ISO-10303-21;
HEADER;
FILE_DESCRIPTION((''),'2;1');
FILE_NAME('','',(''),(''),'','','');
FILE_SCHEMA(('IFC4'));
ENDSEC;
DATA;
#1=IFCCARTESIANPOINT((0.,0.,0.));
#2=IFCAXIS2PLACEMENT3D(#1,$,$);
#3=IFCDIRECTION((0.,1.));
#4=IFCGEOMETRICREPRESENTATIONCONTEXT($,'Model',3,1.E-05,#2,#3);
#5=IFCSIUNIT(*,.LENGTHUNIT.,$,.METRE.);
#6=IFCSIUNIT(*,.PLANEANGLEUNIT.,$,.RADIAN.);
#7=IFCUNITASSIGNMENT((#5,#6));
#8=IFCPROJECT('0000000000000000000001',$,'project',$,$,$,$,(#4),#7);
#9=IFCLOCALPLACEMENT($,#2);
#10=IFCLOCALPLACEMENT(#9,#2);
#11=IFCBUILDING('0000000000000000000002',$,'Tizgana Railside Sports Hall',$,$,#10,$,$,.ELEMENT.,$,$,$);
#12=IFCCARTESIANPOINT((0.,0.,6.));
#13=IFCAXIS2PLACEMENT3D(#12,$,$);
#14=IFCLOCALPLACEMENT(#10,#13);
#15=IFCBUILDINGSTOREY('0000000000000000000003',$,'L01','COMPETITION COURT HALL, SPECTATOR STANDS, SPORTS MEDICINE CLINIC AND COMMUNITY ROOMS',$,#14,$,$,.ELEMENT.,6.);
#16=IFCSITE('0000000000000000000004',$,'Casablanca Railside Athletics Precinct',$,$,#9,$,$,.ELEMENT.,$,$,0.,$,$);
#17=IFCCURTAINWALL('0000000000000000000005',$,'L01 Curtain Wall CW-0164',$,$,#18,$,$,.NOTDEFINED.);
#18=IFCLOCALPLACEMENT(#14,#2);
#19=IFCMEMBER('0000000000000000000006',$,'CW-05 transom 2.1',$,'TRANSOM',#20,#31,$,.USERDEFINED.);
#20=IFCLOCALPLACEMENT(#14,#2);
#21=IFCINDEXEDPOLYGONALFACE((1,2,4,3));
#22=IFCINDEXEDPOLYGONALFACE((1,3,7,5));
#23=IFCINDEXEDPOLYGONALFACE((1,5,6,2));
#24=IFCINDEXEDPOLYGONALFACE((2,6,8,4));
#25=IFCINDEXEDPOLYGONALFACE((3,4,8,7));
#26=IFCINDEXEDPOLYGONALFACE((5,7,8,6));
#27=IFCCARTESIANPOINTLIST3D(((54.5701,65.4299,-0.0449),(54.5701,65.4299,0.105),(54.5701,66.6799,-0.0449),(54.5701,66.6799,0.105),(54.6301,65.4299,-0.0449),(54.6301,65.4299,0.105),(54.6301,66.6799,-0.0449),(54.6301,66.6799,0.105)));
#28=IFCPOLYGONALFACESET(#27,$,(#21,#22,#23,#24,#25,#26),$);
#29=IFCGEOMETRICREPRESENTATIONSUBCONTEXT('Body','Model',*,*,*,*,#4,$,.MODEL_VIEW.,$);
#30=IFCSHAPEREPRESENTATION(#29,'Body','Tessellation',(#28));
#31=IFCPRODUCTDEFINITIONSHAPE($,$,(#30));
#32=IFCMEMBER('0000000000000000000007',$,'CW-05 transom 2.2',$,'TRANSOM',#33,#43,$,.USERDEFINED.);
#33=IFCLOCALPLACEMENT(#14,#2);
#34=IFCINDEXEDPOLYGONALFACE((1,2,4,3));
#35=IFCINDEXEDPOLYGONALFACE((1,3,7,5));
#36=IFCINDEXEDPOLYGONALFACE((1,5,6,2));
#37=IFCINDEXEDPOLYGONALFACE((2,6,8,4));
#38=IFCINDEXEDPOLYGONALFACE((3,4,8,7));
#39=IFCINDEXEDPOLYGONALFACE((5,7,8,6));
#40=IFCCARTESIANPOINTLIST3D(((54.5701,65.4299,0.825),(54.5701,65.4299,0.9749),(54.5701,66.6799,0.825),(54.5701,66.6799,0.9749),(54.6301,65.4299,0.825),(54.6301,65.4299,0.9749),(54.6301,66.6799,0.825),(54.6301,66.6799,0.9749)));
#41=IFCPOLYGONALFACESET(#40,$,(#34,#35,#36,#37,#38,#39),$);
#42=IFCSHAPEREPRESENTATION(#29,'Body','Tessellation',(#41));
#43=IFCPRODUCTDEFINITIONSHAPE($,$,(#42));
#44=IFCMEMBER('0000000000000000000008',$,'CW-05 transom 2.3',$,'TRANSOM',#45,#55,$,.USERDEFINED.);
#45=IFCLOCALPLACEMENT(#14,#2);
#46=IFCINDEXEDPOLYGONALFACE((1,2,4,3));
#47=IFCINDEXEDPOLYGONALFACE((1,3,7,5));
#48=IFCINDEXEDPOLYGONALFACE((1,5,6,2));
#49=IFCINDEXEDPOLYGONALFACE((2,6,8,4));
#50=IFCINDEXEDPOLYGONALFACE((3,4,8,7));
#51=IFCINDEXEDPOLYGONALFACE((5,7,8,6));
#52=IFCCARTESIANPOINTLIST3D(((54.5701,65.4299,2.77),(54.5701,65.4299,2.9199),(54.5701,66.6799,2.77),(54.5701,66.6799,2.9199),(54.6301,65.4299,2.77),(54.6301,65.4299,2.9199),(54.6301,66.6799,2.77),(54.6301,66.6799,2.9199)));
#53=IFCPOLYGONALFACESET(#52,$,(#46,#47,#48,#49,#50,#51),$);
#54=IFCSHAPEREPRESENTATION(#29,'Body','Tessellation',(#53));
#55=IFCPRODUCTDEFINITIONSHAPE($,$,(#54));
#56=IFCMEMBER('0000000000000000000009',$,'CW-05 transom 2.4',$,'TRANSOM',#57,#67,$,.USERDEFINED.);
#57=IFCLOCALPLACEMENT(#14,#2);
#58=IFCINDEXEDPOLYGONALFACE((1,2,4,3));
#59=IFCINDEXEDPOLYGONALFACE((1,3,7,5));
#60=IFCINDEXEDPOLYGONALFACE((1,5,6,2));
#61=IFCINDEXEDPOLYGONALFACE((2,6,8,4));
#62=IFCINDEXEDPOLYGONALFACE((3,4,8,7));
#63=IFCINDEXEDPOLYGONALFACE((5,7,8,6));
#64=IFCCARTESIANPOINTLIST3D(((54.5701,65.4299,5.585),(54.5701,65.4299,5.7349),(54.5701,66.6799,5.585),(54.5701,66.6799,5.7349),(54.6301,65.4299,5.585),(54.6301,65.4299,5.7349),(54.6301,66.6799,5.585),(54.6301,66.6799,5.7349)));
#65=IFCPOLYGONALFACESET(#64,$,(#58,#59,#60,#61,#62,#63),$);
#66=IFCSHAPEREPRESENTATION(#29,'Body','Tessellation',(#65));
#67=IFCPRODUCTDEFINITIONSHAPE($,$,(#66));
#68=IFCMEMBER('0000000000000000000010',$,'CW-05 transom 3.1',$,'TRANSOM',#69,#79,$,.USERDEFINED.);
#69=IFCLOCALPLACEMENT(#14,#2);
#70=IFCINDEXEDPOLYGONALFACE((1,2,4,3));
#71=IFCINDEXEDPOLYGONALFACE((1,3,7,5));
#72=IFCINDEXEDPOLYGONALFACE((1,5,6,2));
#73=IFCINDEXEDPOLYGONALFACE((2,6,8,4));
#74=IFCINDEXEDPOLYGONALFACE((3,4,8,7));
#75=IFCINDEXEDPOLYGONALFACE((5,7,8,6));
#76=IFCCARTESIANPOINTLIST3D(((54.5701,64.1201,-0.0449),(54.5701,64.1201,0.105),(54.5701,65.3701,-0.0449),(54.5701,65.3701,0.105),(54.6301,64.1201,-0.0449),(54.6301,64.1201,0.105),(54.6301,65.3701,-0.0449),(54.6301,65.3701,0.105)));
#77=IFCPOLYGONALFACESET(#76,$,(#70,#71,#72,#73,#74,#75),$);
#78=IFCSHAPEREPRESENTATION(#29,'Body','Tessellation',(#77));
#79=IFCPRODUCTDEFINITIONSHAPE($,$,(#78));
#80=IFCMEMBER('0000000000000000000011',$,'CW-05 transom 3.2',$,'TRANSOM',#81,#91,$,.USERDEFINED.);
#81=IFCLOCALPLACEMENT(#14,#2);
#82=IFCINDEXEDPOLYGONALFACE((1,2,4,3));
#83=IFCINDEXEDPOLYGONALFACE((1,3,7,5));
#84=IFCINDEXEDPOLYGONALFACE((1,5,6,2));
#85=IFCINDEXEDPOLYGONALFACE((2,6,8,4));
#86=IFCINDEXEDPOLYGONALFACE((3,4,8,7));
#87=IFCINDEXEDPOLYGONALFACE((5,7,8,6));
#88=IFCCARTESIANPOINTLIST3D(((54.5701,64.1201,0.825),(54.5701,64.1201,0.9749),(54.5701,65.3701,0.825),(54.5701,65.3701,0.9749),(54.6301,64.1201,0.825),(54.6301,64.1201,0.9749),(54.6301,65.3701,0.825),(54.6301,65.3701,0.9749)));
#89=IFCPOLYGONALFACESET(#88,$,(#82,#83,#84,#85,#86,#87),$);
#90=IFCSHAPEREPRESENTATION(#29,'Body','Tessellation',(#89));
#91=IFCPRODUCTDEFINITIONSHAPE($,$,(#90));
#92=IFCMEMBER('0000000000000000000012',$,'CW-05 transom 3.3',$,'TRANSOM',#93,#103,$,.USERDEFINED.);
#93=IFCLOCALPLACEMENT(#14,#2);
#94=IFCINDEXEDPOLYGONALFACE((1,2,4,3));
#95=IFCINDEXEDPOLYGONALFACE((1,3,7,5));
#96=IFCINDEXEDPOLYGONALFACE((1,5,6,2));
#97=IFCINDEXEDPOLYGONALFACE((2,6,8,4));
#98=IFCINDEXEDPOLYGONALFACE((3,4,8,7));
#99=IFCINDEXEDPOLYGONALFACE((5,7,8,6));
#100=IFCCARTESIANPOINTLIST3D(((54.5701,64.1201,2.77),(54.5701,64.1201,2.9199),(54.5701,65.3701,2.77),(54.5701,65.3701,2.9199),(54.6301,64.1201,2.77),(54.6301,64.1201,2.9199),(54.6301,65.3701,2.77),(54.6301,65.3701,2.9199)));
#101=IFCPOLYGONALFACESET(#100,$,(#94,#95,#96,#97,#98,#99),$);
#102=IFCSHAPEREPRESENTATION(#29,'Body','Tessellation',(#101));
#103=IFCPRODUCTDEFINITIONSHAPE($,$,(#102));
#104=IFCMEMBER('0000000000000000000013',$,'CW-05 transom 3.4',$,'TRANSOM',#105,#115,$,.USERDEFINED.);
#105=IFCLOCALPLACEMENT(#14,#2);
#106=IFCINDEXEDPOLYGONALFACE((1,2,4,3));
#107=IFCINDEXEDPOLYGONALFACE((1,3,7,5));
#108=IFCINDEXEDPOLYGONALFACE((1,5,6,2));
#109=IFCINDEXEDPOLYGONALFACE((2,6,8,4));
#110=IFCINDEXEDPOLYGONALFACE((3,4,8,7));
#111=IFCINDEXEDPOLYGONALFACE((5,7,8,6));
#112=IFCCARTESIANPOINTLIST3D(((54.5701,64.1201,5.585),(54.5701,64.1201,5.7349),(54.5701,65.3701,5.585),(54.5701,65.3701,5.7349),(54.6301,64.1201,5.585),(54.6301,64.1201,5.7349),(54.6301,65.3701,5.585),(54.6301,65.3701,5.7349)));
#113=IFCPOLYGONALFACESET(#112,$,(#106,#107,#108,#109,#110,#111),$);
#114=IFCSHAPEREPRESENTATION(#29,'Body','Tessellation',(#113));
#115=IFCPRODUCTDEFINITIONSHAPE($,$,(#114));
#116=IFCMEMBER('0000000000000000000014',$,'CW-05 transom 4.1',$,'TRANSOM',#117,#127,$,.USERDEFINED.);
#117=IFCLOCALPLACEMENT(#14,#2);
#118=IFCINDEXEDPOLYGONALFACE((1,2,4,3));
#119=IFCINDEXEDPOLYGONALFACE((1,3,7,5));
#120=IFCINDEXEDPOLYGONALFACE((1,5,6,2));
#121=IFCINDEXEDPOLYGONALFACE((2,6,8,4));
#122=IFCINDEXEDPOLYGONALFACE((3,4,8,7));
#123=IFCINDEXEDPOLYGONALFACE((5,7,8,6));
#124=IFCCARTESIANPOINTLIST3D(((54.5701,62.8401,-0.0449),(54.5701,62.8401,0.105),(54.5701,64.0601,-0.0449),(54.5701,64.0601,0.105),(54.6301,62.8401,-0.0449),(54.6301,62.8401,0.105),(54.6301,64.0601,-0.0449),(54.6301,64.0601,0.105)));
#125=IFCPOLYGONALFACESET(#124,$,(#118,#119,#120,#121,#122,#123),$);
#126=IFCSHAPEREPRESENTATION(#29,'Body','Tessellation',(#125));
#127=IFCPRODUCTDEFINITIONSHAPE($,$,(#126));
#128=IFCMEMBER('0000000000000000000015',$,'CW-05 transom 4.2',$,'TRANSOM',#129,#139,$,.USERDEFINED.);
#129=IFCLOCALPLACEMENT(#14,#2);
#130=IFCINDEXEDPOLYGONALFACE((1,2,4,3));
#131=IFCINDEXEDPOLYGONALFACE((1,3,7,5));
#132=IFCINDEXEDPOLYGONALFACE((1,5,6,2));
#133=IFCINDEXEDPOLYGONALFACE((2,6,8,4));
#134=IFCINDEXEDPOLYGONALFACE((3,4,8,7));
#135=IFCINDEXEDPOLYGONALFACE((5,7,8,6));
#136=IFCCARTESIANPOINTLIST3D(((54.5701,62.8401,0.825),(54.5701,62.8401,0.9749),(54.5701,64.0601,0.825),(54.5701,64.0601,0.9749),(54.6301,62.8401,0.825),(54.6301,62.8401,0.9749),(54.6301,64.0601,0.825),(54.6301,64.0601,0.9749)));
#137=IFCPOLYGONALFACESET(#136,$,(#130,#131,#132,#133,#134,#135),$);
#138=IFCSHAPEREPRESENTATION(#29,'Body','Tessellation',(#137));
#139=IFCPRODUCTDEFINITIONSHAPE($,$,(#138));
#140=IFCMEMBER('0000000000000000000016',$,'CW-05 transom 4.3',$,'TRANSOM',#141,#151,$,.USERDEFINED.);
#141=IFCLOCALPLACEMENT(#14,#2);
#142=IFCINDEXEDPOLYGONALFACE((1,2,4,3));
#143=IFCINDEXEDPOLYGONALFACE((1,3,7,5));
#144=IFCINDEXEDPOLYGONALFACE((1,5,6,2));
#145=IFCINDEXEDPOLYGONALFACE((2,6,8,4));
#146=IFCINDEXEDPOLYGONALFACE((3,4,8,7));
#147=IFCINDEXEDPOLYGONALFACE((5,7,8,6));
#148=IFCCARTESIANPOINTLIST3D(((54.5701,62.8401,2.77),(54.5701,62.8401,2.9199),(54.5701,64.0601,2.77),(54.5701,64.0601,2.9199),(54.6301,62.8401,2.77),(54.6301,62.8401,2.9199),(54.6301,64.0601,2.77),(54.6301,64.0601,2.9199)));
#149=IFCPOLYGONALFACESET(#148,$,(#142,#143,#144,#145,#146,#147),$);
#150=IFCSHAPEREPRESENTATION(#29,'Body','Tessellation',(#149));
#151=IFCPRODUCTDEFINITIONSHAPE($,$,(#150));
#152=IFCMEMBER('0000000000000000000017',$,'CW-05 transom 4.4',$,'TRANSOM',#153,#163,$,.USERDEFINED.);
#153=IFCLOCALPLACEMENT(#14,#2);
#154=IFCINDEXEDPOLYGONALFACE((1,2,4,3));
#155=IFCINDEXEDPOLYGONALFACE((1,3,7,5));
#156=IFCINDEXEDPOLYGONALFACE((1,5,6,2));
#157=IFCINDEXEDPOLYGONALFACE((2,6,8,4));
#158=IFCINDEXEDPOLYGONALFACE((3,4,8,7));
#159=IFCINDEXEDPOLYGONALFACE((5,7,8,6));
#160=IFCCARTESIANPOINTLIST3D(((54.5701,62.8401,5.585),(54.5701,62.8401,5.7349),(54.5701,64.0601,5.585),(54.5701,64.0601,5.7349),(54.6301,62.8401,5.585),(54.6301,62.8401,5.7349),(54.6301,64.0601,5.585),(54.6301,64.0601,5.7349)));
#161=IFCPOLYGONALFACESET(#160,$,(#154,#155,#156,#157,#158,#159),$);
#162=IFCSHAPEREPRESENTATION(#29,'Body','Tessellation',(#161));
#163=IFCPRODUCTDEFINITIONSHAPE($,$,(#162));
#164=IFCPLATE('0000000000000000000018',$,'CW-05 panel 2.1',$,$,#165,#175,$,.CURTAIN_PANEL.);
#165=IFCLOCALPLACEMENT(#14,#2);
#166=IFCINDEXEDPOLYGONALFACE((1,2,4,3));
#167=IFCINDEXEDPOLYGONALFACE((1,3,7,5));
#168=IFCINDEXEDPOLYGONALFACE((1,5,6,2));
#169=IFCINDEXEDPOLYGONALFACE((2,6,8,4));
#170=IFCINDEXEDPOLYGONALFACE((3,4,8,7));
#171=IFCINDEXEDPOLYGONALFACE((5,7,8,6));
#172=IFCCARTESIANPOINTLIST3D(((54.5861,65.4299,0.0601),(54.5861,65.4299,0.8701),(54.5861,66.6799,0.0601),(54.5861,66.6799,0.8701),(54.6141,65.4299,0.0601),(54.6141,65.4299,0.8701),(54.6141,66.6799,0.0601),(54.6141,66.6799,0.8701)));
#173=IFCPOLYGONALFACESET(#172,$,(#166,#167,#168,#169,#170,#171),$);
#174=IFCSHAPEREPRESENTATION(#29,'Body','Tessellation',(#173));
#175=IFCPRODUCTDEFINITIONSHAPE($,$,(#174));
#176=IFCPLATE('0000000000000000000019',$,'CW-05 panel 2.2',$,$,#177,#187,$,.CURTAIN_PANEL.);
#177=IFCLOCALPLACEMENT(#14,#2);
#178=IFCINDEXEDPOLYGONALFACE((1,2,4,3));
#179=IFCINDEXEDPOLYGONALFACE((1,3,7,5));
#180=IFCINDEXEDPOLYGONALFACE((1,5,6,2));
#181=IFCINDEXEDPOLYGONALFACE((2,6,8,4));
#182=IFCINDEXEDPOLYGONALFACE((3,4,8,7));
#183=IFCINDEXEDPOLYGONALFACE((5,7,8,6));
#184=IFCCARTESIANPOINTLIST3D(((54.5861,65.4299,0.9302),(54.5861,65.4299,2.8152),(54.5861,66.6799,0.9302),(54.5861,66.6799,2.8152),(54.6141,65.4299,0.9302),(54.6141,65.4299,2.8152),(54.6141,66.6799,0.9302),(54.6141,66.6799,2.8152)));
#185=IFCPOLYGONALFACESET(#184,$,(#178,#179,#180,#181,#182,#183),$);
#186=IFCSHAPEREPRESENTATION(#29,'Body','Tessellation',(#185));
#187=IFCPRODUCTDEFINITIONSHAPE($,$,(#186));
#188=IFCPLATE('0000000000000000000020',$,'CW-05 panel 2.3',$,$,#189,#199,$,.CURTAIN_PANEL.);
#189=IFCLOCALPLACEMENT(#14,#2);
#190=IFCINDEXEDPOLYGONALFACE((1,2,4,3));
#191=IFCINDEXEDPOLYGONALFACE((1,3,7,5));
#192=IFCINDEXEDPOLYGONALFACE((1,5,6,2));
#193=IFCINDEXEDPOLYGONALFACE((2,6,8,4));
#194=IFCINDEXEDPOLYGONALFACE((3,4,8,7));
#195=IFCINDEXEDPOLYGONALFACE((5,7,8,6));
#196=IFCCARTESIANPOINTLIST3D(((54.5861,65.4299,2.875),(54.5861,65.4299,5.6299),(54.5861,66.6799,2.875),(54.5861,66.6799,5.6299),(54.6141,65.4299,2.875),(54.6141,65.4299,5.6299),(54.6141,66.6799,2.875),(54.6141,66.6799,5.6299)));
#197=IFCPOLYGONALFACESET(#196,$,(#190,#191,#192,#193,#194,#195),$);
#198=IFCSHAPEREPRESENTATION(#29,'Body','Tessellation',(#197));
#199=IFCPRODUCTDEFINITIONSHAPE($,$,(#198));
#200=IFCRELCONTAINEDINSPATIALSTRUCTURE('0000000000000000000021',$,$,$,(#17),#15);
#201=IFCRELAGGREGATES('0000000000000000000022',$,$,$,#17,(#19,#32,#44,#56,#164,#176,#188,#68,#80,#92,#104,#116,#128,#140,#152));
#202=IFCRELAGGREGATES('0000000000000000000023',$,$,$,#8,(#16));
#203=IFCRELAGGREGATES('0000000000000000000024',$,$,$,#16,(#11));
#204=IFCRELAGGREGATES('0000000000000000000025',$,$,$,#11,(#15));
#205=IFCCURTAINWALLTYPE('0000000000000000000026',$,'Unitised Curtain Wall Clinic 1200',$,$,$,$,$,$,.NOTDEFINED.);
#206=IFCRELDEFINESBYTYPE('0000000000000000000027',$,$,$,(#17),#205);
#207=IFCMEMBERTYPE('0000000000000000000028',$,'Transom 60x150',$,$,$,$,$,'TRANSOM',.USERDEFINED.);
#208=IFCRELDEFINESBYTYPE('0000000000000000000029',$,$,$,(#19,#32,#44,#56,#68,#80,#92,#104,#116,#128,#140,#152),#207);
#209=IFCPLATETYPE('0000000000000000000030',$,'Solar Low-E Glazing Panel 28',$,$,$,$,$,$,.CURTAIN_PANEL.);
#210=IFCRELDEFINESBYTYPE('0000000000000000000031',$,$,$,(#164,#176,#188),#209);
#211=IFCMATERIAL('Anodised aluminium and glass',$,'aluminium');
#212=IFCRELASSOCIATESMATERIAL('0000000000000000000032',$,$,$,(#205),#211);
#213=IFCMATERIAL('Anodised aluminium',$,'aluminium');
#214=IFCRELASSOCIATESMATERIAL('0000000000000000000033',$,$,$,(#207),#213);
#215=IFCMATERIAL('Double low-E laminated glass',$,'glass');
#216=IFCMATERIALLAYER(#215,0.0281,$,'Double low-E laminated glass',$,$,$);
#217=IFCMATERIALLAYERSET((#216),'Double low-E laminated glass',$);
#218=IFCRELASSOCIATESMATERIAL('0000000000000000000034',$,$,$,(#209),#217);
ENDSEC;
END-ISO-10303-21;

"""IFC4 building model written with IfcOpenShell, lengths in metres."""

from ifc_helpers import new_model, si_unit, direction, frame, origin, origin_2d, place, context, subcontext, project, spatial, rectangle, extrude, material, layer, layer_set, material_profile, profile_set, type_object, element, aggregate, save


model = new_model("IFC4")

# Units and contexts
model_context = context("Model", 3, precision=1e-05, world=origin(), true_north=direction((0.0, 1.0)))
body_context = subcontext(model_context, "Body", "Model", "MODEL_VIEW")
ifc_project = project(units=[si_unit("LENGTHUNIT", "METRE"), si_unit("PLANEANGLEUNIT", "RADIAN")], contexts=[model_context])

# Site, building, storey
site_placement = place(None, origin())
site = spatial("IfcSite", under=ifc_project, at=site_placement, Name="Casablanca Railside Athletics Precinct", CompositionType="ELEMENT", RefElevation=0.0)
building_placement = place(site_placement, origin())
building = spatial("IfcBuilding", under=site, at=building_placement, Name="Tizgana Railside Sports Hall", CompositionType="ELEMENT")
storey_placement = place(building_placement, frame((0.0, 0.0, 6.0)))
storey = spatial("IfcBuildingStorey", under=building, at=storey_placement, Name="L01", Description="COMPETITION COURT HALL, SPECTATOR STANDS, SPORTS MEDICINE CLINIC AND COMMUNITY ROOMS", CompositionType="ELEMENT", Elevation=6.0)

# Shared definitions
ifc_material_1 = material(Name="Anodised aluminium and glass", Category="aluminium")
ifc_material_2 = material(Name="Anodised aluminium", Category="aluminium")

# Curtain wall
curtain_wall_type_1 = type_object("IfcCurtainWallType", Name="Unitised Curtain Wall Clinic 1200", PredefinedType="NOTDEFINED", material=ifc_material_1)
curtain_wall_1_placement = place(storey_placement, origin())
curtain_wall_1 = element("IfcCurtainWall", 1, at=curtain_wall_1_placement, inside=storey, type_object=curtain_wall_type_1, Name="L01 Curtain Wall CW-0164", PredefinedType="NOTDEFINED")

# Members
ifc_material_profile_1 = material_profile(ifc_material_2, rectangle(XDim=0.0601, YDim=0.1499, at=origin_2d()), Name="Transom 60x150")
ifc_profile_set_1 = profile_set([ifc_material_profile_1], Name="Anodised aluminium")
member_type_1 = type_object("IfcMemberType", Name="Transom 60x150", ElementType="TRANSOM", PredefinedType="USERDEFINED", material=ifc_profile_set_1)
member_1_placement = place(storey_placement, frame((54.6001, 66.6799, 0.03), z_axis=(0.0, -1.0, 0.0), x_axis=(1.0, 0.0, 0.0)))
member_1 = element("IfcMember", 2, at=member_1_placement, type_object=member_type_1, Name="CW-05 transom 2.1", ObjectType="TRANSOM", PredefinedType="USERDEFINED", context=body_context, shape_type="SweptSolid", body=[
    extrude(rectangle(XDim=0.0601, YDim=0.1499, at=origin_2d()), origin(), (0.0, 0.0, 1.0), 1.25),
])
member_2_placement = place(storey_placement, frame((54.6001, 66.6799, 0.8999), z_axis=(0.0, -1.0, 0.0), x_axis=(1.0, 0.0, 0.0)))
member_2 = element("IfcMember", 3, at=member_2_placement, type_object=member_type_1, Name="CW-05 transom 2.2", ObjectType="TRANSOM", PredefinedType="USERDEFINED", context=body_context, shape_type="SweptSolid", body=[
    extrude(rectangle(XDim=0.0601, YDim=0.1499, at=origin_2d()), origin(), (0.0, 0.0, 1.0), 1.25),
])
member_3_placement = place(storey_placement, frame((54.6001, 66.6799, 2.845), z_axis=(0.0, -1.0, 0.0), x_axis=(1.0, 0.0, 0.0)))
member_3 = element("IfcMember", 4, at=member_3_placement, type_object=member_type_1, Name="CW-05 transom 2.3", ObjectType="TRANSOM", PredefinedType="USERDEFINED", context=body_context, shape_type="SweptSolid", body=[
    extrude(rectangle(XDim=0.0601, YDim=0.1499, at=origin_2d()), origin(), (0.0, 0.0, 1.0), 1.25),
])
member_4_placement = place(storey_placement, frame((54.6001, 66.6799, 5.6599), z_axis=(0.0, -1.0, 0.0), x_axis=(1.0, 0.0, 0.0)))
member_4 = element("IfcMember", 5, at=member_4_placement, type_object=member_type_1, Name="CW-05 transom 2.4", ObjectType="TRANSOM", PredefinedType="USERDEFINED", context=body_context, shape_type="SweptSolid", body=[
    extrude(rectangle(XDim=0.0601, YDim=0.1499, at=origin_2d()), origin(), (0.0, 0.0, 1.0), 1.25),
])
member_5_placement = place(storey_placement, frame((54.6001, 65.3701, 0.03), z_axis=(0.0, -1.0, 0.0), x_axis=(1.0, 0.0, 0.0)))
member_5 = element("IfcMember", 6, at=member_5_placement, type_object=member_type_1, Name="CW-05 transom 3.1", ObjectType="TRANSOM", PredefinedType="USERDEFINED", context=body_context, shape_type="SweptSolid", body=[
    extrude(rectangle(XDim=0.0601, YDim=0.1499, at=origin_2d()), origin(), (0.0, 0.0, 1.0), 1.25),
])
member_6_placement = place(storey_placement, frame((54.6001, 65.3701, 0.8999), z_axis=(0.0, -1.0, 0.0), x_axis=(1.0, 0.0, 0.0)))
member_6 = element("IfcMember", 7, at=member_6_placement, type_object=member_type_1, Name="CW-05 transom 3.2", ObjectType="TRANSOM", PredefinedType="USERDEFINED", context=body_context, shape_type="SweptSolid", body=[
    extrude(rectangle(XDim=0.0601, YDim=0.1499, at=origin_2d()), origin(), (0.0, 0.0, 1.0), 1.25),
])
member_7_placement = place(storey_placement, frame((54.6001, 65.3701, 2.845), z_axis=(0.0, -1.0, 0.0), x_axis=(1.0, 0.0, 0.0)))
member_7 = element("IfcMember", 8, at=member_7_placement, type_object=member_type_1, Name="CW-05 transom 3.3", ObjectType="TRANSOM", PredefinedType="USERDEFINED", context=body_context, shape_type="SweptSolid", body=[
    extrude(rectangle(XDim=0.0601, YDim=0.1499, at=origin_2d()), origin(), (0.0, 0.0, 1.0), 1.25),
])
member_8_placement = place(storey_placement, frame((54.6001, 65.3701, 5.6599), z_axis=(0.0, -1.0, 0.0), x_axis=(1.0, 0.0, 0.0)))
member_8 = element("IfcMember", 9, at=member_8_placement, type_object=member_type_1, Name="CW-05 transom 3.4", ObjectType="TRANSOM", PredefinedType="USERDEFINED", context=body_context, shape_type="SweptSolid", body=[
    extrude(rectangle(XDim=0.0601, YDim=0.1499, at=origin_2d()), origin(), (0.0, 0.0, 1.0), 1.25),
])
member_9_placement = place(storey_placement, frame((54.6001, 64.0601, 0.03), z_axis=(0.0, -1.0, 0.0), x_axis=(1.0, 0.0, 0.0)))
member_9 = element("IfcMember", 10, at=member_9_placement, type_object=member_type_1, Name="CW-05 transom 4.1", ObjectType="TRANSOM", PredefinedType="USERDEFINED", context=body_context, shape_type="SweptSolid", body=[
    extrude(rectangle(XDim=0.0601, YDim=0.1499, at=origin_2d()), origin(), (0.0, 0.0, 1.0), 1.22),
])
member_10_placement = place(storey_placement, frame((54.6001, 64.0601, 0.8999), z_axis=(0.0, -1.0, 0.0), x_axis=(1.0, 0.0, 0.0)))
member_10 = element("IfcMember", 11, at=member_10_placement, type_object=member_type_1, Name="CW-05 transom 4.2", ObjectType="TRANSOM", PredefinedType="USERDEFINED", context=body_context, shape_type="SweptSolid", body=[
    extrude(rectangle(XDim=0.0601, YDim=0.1499, at=origin_2d()), origin(), (0.0, 0.0, 1.0), 1.22),
])
member_11_placement = place(storey_placement, frame((54.6001, 64.0601, 2.845), z_axis=(0.0, -1.0, 0.0), x_axis=(1.0, 0.0, 0.0)))
member_11 = element("IfcMember", 12, at=member_11_placement, type_object=member_type_1, Name="CW-05 transom 4.3", ObjectType="TRANSOM", PredefinedType="USERDEFINED", context=body_context, shape_type="SweptSolid", body=[
    extrude(rectangle(XDim=0.0601, YDim=0.1499, at=origin_2d()), origin(), (0.0, 0.0, 1.0), 1.22),
])
member_12_placement = place(storey_placement, frame((54.6001, 64.0601, 5.6599), z_axis=(0.0, -1.0, 0.0), x_axis=(1.0, 0.0, 0.0)))
member_12 = element("IfcMember", 13, at=member_12_placement, type_object=member_type_1, Name="CW-05 transom 4.4", ObjectType="TRANSOM", PredefinedType="USERDEFINED", context=body_context, shape_type="SweptSolid", body=[
    extrude(rectangle(XDim=0.0601, YDim=0.1499, at=origin_2d()), origin(), (0.0, 0.0, 1.0), 1.22),
])

# Plates
ifc_material_3 = material(Name="Double low-E laminated glass", Category="glass")
ifc_layer = layer(ifc_material_3, 0.0281, Name="Double low-E laminated glass")
ifc_layer_set = layer_set([ifc_layer], Name="Double low-E laminated glass")
plate_type = type_object("IfcPlateType", Name="Solar Low-E Glazing Panel 28", PredefinedType="CURTAIN_PANEL", material=ifc_layer_set)
plate_1_placement = place(storey_placement, frame((54.6001, 66.0549, 0.0601), z_axis=(0.0, 0.0, 1.0), x_axis=(0.0, -1.0, 0.0)))
plate_1 = element("IfcPlate", 14, at=plate_1_placement, type_object=plate_type, Name="CW-05 panel 2.1", PredefinedType="CURTAIN_PANEL", context=body_context, shape_type="SweptSolid", body=[
    extrude(rectangle(XDim=1.25, YDim=0.0281, at=origin_2d()), origin(), (0.0, 0.0, 1.0), 0.8101),
])
plate_2_placement = place(storey_placement, frame((54.6001, 66.0549, 0.9302), z_axis=(0.0, 0.0, 1.0), x_axis=(0.0, -1.0, 0.0)))
plate_2 = element("IfcPlate", 15, at=plate_2_placement, type_object=plate_type, Name="CW-05 panel 2.2", PredefinedType="CURTAIN_PANEL", context=body_context, shape_type="SweptSolid", body=[
    extrude(rectangle(XDim=1.25, YDim=0.0281, at=origin_2d()), origin(), (0.0, 0.0, 1.0), 1.885),
])
plate_3_placement = place(storey_placement, frame((54.6001, 66.0549, 2.875), z_axis=(0.0, 0.0, 1.0), x_axis=(0.0, -1.0, 0.0)))
plate_3 = element("IfcPlate", 16, at=plate_3_placement, type_object=plate_type, Name="CW-05 panel 2.3", PredefinedType="CURTAIN_PANEL", context=body_context, shape_type="SweptSolid", body=[
    extrude(rectangle(XDim=1.25, YDim=0.0281, at=origin_2d()), origin(), (0.0, 0.0, 1.0), 2.7549),
])
aggregate(curtain_wall_1, [member_1, member_2, member_3, member_4, plate_1, plate_2, plate_3, member_5, member_6, member_7, member_8, member_9, member_10, member_11, member_12])

save(model, "model.ifc")
